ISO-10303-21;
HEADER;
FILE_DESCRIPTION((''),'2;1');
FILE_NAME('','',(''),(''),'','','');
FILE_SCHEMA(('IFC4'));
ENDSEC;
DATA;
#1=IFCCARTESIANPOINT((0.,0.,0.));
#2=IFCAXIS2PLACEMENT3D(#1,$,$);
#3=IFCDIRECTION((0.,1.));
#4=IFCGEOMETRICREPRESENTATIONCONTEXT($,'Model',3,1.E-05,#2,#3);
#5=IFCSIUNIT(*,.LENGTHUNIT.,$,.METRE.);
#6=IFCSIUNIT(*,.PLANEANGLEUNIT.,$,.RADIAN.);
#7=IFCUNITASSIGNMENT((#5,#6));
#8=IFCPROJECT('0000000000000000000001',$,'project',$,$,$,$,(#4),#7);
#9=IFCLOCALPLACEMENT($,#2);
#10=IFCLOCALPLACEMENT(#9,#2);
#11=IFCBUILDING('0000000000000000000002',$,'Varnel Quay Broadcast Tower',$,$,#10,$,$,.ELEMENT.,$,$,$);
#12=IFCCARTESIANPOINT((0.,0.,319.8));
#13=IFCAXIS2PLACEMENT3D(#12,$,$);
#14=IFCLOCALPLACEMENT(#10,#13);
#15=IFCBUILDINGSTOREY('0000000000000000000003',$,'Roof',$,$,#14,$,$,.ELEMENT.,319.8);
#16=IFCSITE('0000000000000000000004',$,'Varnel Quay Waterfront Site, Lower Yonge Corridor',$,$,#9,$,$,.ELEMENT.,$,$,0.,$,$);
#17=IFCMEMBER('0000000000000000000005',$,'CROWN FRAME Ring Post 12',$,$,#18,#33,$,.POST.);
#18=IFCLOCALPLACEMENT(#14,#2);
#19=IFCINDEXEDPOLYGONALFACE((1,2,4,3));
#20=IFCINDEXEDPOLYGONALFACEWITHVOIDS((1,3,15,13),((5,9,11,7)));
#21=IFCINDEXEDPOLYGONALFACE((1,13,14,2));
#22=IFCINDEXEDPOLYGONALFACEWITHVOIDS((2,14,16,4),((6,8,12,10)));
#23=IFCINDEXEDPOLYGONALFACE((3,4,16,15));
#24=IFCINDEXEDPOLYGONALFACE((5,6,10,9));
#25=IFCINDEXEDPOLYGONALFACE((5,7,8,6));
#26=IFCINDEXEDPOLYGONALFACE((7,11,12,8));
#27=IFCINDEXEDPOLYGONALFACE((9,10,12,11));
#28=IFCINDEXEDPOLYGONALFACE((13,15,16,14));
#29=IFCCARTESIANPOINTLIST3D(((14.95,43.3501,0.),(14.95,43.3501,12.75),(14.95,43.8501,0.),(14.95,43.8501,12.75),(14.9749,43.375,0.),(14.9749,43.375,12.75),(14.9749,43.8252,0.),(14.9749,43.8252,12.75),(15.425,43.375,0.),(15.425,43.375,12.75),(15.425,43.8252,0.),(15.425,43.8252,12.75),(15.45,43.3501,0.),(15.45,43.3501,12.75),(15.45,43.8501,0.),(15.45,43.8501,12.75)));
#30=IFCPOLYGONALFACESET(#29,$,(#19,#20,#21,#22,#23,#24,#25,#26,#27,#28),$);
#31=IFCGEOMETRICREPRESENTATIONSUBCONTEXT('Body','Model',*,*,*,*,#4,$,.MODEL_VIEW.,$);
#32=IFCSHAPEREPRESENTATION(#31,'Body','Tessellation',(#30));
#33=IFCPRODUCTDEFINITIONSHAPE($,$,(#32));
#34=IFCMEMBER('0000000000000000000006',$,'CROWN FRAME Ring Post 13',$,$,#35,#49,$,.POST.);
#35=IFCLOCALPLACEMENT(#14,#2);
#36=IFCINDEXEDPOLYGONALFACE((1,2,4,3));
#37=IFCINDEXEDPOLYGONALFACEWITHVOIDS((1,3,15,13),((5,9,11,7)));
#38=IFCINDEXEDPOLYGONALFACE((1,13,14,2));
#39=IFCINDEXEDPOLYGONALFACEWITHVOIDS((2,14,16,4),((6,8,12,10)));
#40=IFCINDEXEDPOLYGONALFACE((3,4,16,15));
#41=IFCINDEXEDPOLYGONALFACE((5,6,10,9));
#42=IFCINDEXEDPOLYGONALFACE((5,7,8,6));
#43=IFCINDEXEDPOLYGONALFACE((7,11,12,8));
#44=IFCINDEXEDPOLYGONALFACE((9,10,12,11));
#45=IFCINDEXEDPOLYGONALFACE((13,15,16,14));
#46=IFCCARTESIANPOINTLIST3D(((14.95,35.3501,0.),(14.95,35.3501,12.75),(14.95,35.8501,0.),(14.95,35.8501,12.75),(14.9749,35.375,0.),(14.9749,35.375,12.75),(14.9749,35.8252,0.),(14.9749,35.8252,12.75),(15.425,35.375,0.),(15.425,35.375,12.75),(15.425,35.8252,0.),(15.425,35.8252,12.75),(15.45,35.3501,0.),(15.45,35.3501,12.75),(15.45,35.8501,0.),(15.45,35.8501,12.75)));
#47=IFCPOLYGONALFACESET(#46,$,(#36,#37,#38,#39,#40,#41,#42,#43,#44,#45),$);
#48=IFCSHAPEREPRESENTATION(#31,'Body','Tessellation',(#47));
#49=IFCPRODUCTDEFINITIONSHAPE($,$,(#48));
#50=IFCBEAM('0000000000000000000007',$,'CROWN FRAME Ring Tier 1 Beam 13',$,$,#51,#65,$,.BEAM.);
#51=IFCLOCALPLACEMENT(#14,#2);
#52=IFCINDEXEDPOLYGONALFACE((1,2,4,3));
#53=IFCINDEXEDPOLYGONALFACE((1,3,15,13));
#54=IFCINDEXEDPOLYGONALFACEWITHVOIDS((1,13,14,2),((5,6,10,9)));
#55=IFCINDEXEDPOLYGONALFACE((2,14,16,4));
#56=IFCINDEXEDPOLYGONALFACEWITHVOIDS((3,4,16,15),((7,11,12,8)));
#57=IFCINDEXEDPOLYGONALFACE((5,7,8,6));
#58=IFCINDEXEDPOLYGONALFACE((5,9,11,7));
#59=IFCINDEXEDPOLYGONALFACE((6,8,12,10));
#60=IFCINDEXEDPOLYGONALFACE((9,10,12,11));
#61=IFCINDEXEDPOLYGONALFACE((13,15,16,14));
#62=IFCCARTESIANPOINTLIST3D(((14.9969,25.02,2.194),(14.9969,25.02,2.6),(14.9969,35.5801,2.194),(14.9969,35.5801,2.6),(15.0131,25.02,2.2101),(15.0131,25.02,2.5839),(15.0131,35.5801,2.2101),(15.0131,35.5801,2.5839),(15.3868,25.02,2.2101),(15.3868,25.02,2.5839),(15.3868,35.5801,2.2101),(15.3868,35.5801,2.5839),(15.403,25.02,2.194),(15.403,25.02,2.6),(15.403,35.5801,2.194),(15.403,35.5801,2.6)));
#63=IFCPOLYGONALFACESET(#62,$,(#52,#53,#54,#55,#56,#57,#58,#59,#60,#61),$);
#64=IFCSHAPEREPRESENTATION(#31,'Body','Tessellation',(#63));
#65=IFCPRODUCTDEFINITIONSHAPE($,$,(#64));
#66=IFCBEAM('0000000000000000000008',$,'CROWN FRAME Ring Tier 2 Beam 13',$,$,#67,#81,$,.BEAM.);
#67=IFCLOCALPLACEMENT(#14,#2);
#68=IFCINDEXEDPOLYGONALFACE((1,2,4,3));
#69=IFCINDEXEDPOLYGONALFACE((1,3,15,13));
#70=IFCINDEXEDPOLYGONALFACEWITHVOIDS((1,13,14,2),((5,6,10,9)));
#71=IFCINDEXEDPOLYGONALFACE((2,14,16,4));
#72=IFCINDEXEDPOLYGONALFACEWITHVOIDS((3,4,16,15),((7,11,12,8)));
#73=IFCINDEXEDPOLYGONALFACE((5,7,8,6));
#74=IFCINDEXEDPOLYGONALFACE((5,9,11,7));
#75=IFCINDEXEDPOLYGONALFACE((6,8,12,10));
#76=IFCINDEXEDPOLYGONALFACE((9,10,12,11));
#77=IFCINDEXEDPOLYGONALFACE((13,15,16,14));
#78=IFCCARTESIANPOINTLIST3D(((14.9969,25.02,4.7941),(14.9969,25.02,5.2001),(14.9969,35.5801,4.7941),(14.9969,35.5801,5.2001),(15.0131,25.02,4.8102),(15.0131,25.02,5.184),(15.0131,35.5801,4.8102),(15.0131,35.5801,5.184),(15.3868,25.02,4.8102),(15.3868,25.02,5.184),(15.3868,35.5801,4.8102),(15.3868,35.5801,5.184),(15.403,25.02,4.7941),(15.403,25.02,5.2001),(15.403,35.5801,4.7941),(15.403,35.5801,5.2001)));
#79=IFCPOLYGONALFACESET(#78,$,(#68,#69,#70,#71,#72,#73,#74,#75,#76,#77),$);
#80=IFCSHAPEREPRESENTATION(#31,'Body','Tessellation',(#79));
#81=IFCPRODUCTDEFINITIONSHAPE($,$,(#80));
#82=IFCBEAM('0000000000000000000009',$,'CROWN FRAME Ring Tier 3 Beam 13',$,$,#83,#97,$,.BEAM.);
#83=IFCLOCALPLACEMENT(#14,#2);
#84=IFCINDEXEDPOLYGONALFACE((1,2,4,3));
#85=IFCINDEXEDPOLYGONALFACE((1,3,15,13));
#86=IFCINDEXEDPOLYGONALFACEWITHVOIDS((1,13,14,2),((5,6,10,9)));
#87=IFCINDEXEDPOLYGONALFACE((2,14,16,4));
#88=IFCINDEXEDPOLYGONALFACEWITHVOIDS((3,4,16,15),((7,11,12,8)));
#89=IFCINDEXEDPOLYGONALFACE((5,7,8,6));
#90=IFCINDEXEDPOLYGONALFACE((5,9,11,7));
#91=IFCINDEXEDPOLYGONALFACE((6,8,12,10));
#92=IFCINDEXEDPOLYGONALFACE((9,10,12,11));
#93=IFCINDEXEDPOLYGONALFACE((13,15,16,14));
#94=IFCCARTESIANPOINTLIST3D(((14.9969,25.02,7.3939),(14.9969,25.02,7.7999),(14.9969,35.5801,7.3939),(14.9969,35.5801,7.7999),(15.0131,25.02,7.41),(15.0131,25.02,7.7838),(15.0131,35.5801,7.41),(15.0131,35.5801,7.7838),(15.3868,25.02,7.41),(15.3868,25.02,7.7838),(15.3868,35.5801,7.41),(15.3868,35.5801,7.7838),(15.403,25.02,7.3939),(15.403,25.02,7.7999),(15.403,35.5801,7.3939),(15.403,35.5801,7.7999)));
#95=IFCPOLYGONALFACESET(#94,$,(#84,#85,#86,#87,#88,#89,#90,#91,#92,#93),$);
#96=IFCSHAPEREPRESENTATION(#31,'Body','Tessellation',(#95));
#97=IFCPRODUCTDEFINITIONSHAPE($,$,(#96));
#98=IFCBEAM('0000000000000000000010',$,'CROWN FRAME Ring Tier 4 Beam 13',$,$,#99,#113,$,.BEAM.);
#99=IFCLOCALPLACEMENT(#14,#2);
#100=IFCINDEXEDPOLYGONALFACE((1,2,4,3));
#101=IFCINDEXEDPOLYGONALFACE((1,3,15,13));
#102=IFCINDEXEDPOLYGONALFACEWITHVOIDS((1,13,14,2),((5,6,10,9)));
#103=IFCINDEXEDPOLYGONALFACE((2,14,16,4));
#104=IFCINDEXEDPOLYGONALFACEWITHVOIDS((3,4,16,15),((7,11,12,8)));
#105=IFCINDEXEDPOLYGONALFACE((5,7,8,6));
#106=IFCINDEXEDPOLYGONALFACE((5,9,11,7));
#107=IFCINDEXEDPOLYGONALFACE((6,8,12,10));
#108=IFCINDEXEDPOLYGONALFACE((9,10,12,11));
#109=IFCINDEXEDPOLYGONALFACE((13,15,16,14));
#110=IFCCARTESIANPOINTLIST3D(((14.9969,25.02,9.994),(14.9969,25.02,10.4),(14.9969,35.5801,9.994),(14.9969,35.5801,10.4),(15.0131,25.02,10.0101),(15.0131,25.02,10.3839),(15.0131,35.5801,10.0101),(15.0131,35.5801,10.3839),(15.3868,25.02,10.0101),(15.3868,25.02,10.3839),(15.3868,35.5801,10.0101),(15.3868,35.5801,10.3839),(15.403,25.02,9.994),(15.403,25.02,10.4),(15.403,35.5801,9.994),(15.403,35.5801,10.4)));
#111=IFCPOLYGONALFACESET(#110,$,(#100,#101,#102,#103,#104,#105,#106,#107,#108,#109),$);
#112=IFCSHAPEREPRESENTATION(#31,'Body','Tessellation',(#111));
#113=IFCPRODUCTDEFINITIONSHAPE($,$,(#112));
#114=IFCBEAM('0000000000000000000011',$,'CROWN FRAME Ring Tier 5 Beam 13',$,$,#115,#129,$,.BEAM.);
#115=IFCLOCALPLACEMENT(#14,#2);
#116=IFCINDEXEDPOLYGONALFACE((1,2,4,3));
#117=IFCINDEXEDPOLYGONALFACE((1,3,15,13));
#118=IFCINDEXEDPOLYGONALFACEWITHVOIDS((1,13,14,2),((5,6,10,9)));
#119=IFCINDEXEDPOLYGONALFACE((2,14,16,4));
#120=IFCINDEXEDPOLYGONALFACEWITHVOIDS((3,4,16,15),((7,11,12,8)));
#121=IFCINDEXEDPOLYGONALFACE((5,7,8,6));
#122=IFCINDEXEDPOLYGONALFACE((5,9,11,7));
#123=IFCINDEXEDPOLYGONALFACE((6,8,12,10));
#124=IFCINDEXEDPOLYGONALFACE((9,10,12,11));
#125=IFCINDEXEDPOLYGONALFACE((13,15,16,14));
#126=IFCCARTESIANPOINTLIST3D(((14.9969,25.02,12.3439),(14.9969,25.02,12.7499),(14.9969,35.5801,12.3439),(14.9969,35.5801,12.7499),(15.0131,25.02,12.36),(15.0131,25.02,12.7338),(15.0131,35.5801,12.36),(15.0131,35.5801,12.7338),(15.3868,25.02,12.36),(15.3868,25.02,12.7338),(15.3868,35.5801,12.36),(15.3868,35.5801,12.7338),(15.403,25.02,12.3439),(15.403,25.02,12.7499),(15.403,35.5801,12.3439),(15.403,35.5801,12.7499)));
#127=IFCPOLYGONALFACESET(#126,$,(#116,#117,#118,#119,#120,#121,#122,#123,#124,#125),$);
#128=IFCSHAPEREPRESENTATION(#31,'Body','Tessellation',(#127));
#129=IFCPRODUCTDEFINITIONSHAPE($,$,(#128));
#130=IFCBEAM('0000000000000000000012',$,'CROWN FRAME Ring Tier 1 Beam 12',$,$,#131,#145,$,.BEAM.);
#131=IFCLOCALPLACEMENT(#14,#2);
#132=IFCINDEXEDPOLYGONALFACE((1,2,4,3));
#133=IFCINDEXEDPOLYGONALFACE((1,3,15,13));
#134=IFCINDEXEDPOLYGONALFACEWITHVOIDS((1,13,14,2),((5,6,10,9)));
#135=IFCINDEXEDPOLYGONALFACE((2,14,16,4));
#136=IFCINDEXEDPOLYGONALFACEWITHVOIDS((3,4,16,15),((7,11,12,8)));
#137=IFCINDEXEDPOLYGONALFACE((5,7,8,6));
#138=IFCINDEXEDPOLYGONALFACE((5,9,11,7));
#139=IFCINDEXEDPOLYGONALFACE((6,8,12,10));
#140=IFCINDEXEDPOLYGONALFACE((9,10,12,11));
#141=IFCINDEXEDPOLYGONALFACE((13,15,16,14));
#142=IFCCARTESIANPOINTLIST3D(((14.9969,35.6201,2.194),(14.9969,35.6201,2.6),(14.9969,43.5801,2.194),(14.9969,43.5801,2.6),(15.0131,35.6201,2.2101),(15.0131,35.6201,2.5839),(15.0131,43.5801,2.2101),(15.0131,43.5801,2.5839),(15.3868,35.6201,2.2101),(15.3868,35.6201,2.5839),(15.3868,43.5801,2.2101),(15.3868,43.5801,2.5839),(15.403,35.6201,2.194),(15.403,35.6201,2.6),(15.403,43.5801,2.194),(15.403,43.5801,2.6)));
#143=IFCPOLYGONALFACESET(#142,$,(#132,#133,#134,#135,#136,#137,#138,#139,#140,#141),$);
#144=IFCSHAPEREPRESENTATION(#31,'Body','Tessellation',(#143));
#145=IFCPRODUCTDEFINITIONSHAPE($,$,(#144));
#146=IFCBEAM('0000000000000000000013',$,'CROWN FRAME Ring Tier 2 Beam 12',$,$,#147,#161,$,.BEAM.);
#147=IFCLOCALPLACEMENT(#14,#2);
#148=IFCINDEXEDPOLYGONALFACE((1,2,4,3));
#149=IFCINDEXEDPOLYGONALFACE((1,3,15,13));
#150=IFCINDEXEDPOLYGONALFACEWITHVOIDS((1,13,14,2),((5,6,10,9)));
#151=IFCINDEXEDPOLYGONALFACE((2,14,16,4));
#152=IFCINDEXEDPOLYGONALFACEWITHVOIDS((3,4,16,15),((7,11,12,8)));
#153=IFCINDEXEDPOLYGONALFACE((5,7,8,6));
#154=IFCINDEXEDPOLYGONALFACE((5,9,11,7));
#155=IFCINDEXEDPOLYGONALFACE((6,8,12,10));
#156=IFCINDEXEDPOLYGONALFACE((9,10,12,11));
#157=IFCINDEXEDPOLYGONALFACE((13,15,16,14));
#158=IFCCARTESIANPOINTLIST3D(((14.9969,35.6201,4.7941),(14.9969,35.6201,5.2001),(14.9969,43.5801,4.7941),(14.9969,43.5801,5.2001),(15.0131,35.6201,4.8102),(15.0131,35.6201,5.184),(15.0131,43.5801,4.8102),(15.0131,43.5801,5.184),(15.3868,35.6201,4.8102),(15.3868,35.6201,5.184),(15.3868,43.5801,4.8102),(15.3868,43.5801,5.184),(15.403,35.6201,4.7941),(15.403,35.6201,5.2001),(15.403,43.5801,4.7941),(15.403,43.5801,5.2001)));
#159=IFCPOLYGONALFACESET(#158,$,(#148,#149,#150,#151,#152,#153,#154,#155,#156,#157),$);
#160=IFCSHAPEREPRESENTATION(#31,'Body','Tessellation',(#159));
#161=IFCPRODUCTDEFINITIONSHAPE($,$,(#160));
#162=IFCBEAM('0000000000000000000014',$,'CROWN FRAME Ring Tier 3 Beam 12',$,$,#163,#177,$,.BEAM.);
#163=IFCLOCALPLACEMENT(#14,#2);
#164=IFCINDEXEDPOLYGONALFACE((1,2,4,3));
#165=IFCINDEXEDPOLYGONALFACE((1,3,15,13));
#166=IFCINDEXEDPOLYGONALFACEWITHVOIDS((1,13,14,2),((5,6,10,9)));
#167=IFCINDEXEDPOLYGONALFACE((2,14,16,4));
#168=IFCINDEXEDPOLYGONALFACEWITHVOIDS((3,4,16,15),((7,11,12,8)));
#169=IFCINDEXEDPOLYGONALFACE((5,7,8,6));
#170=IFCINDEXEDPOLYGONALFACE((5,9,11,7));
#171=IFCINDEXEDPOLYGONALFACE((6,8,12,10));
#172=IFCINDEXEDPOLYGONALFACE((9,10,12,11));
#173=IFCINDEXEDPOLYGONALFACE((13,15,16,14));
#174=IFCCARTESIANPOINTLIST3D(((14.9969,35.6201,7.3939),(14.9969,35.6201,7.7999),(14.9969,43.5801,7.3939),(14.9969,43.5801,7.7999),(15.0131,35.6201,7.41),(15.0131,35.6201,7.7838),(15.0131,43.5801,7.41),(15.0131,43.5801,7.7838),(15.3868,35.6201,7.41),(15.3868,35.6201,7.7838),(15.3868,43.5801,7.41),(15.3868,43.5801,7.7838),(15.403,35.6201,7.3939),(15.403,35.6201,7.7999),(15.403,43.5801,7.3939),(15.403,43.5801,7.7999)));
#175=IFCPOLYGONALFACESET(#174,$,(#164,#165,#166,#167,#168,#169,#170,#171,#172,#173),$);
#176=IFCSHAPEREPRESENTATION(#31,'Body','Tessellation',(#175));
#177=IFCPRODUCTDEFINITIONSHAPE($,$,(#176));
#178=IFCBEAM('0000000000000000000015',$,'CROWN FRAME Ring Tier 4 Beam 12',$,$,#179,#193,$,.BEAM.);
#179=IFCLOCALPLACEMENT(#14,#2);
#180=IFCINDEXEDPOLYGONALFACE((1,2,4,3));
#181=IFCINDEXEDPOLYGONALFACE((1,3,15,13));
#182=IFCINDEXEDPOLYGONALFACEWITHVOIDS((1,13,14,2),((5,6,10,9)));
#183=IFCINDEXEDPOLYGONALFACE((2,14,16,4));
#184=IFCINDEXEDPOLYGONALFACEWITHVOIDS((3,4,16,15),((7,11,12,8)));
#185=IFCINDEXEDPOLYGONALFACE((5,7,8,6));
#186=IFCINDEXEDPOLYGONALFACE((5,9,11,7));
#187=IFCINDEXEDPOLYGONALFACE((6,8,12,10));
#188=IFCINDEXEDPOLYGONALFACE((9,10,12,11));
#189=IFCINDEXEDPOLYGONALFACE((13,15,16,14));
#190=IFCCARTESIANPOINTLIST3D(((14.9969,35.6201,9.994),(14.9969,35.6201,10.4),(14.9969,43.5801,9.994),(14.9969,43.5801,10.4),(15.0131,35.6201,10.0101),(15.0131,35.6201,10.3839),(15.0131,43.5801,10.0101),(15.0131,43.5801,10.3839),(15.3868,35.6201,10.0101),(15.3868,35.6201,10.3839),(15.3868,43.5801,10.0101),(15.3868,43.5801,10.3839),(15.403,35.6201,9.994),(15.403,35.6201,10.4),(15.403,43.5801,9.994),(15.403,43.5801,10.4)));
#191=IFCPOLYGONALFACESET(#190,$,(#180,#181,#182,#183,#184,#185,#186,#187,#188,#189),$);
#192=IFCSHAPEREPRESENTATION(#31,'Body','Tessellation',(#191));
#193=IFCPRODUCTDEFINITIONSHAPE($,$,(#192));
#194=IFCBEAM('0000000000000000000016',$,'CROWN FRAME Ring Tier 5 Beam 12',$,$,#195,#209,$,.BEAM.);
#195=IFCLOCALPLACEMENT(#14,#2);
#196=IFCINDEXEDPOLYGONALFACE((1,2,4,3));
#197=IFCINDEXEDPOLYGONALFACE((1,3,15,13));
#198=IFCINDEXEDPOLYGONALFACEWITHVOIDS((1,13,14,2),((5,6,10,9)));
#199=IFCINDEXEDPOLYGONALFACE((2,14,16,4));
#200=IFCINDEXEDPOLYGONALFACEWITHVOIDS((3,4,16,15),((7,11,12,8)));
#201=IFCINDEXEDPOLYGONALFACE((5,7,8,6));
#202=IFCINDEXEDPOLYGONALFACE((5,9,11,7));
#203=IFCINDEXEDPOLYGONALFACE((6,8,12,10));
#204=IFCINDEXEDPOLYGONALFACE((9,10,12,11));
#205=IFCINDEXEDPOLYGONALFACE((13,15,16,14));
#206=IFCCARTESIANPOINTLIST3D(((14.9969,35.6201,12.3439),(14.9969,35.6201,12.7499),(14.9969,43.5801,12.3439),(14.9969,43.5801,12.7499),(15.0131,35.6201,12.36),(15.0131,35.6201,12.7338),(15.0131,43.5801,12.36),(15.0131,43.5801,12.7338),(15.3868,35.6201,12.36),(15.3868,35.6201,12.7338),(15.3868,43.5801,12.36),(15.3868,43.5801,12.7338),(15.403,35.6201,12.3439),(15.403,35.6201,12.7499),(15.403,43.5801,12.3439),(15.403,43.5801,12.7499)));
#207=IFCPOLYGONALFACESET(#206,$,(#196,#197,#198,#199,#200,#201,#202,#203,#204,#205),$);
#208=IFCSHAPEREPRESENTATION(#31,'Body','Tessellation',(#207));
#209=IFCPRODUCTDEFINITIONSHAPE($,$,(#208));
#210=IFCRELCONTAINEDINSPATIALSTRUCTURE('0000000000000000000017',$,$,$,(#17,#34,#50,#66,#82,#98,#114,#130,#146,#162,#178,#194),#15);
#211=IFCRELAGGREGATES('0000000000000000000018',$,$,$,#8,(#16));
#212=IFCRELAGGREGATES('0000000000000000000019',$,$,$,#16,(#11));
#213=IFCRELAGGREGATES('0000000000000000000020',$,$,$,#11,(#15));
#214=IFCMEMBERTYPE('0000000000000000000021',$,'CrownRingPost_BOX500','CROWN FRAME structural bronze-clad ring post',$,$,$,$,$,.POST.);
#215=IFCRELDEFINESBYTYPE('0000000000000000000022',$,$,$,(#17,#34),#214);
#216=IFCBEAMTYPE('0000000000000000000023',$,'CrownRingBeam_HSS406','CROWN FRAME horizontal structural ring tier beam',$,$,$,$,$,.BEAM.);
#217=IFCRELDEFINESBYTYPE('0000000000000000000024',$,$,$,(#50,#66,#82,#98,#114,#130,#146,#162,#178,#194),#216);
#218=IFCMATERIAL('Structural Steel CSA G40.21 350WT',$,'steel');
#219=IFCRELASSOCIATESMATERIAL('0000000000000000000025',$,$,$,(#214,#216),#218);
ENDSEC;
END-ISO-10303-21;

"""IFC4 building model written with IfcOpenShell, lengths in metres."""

from ifc_helpers import new_model, si_unit, direction, frame, origin, origin_2d, place, context, subcontext, project, spatial, hollow_rectangle, extrude, source, transform, mapped, material, material_profile, profile_set, type_object, type_shapes, element, save


model = new_model("IFC4")

# Units and contexts
model_context = context("Model", 3, precision=1e-05, world=origin(), true_north=direction((0.0, 1.0)))
body_context = subcontext(model_context, "Body", "Model", "MODEL_VIEW")
ifc_project = project(units=[si_unit("LENGTHUNIT", "METRE"), si_unit("PLANEANGLEUNIT", "RADIAN")], contexts=[model_context])

# Site, building, storey
site_placement = place(None, origin())
site = spatial("IfcSite", under=ifc_project, at=site_placement, Name="Varnel Quay Waterfront Site, Lower Yonge Corridor", CompositionType="ELEMENT", RefElevation=0.0)
building_placement = place(site_placement, origin())
building = spatial("IfcBuilding", under=site, at=building_placement, Name="Varnel Quay Broadcast Tower", CompositionType="ELEMENT")
storey_placement = place(building_placement, frame((0.0, 0.0, 319.8)))
storey = spatial("IfcBuildingStorey", under=building, at=storey_placement, Name="Roof", CompositionType="ELEMENT", Elevation=319.8)

# Members
ifc_material_1 = material(Name="Structural Steel CSA G40.21 350WT", Category="steel")
ifc_material_profile_1 = material_profile(ifc_material_1, hollow_rectangle(XDim=0.5, YDim=0.5, WallThickness=0.0249, at=origin_2d()), Name="BOX500X500X25")
ifc_profile_set_1 = profile_set([ifc_material_profile_1], Name="Structural Steel CSA G40.21 350WT")
member_type_1 = type_object("IfcMemberType", Name="CrownRingPost_BOX500", Description="CROWN FRAME structural bronze-clad ring post", PredefinedType="POST", material=ifc_profile_set_1)
shared_shape_1 = source(origin(), body_context, "Body", "SweptSolid", [
    extrude(hollow_rectangle(XDim=0.5, YDim=0.5, WallThickness=0.0249, at=origin_2d()), origin(), (0.0, 0.0, 1.0), 12.75),
])
type_shapes(member_type_1, [shared_shape_1])
for number, where, z_axis, x_axis, name in (
    (1, (15.2, 43.6001, 0.0), (0.0, 0.0, 1.0), (1.0, 0.0, 0.0), "CROWN FRAME Ring Post 12"),
    (2, (15.2, 35.6001, 0.0), (0.0, 0.0, 1.0), (1.0, 0.0, 0.0), "CROWN FRAME Ring Post 13"),
):
    element("IfcMember", number, at=place(storey_placement, frame(where, z_axis=z_axis, x_axis=x_axis)), inside=storey, type_object=member_type_1, Name=name, PredefinedType="POST", context=body_context, shape_type="MappedRepresentation", body=[
        mapped(shared_shape_1, transform((0.0, 0.0, 0.0), x_axis=(1.0, 0.0, 0.0), y_axis=(0.0, 1.0, 0.0), z_axis=(0.0, 0.0, 1.0), scale=1.0)),
    ])

# Beams
ifc_material_profile_2 = material_profile(ifc_material_1, hollow_rectangle(XDim=0.406, YDim=0.406, WallThickness=0.0161, at=origin_2d()), Name="HSS406X406X16")
ifc_profile_set_2 = profile_set([ifc_material_profile_2], Name="Structural Steel CSA G40.21 350WT")
beam_type = type_object("IfcBeamType", Name="CrownRingBeam_HSS406", Description="CROWN FRAME horizontal structural ring tier beam", PredefinedType="BEAM", material=ifc_profile_set_2)
shared_shape_2 = source(origin(), body_context, "Body", "SweptSolid", [
    extrude(hollow_rectangle(XDim=0.406, YDim=0.406, WallThickness=0.0161, at=origin_2d()), origin(), (0.0, 0.0, 1.0), 10.5601),
])
for number, where, z_axis, x_axis, name in (
    (3, (15.2, 35.5801, 2.397), (0.0, -1.0, 0.0), (1.0, 0.0, 0.0), "CROWN FRAME Ring Tier 1 Beam 13"),
    (4, (15.2, 35.5801, 4.9971), (0.0, -1.0, 0.0), (1.0, 0.0, 0.0), "CROWN FRAME Ring Tier 2 Beam 13"),
    (5, (15.2, 35.5801, 7.5969), (0.0, -1.0, 0.0), (1.0, 0.0, 0.0), "CROWN FRAME Ring Tier 3 Beam 13"),
    (6, (15.2, 35.5801, 10.197), (0.0, -1.0, 0.0), (1.0, 0.0, 0.0), "CROWN FRAME Ring Tier 4 Beam 13"),
    (7, (15.2, 35.5801, 12.5469), (0.0, -1.0, 0.0), (1.0, 0.0, 0.0), "CROWN FRAME Ring Tier 5 Beam 13"),
):
    element("IfcBeam", number, at=place(storey_placement, frame(where, z_axis=z_axis, x_axis=x_axis)), inside=storey, type_object=beam_type, Name=name, PredefinedType="BEAM", context=body_context, shape_type="MappedRepresentation", body=[
        mapped(shared_shape_2, transform((0.0, 0.0, 0.0), x_axis=(1.0, 0.0, 0.0), y_axis=(0.0, 1.0, 0.0), z_axis=(0.0, 0.0, 1.0), scale=1.0)),
    ])
shared_shape_3 = source(origin(), body_context, "Body", "SweptSolid", [
    extrude(hollow_rectangle(XDim=0.406, YDim=0.406, WallThickness=0.0161, at=origin_2d()), origin(), (0.0, 0.0, 1.0), 7.96),
])
type_shapes(beam_type, [shared_shape_2, shared_shape_3])
for number, where, z_axis, x_axis, name in (
    (8, (15.2, 43.5801, 2.397), (0.0, -1.0, 0.0), (1.0, 0.0, 0.0), "CROWN FRAME Ring Tier 1 Beam 12"),
    (9, (15.2, 43.5801, 4.9971), (0.0, -1.0, 0.0), (1.0, 0.0, 0.0), "CROWN FRAME Ring Tier 2 Beam 12"),
    (10, (15.2, 43.5801, 7.5969), (0.0, -1.0, 0.0), (1.0, 0.0, 0.0), "CROWN FRAME Ring Tier 3 Beam 12"),
    (11, (15.2, 43.5801, 10.197), (0.0, -1.0, 0.0), (1.0, 0.0, 0.0), "CROWN FRAME Ring Tier 4 Beam 12"),
    (12, (15.2, 43.5801, 12.5469), (0.0, -1.0, 0.0), (1.0, 0.0, 0.0), "CROWN FRAME Ring Tier 5 Beam 12"),
):
    element("IfcBeam", number, at=place(storey_placement, frame(where, z_axis=z_axis, x_axis=x_axis)), inside=storey, type_object=beam_type, Name=name, PredefinedType="BEAM", context=body_context, shape_type="MappedRepresentation", body=[
        mapped(shared_shape_3, transform((0.0, 0.0, 0.0), x_axis=(1.0, 0.0, 0.0), y_axis=(0.0, 1.0, 0.0), z_axis=(0.0, 0.0, 1.0), scale=1.0)),
    ])

save(model, "model.ifc")
